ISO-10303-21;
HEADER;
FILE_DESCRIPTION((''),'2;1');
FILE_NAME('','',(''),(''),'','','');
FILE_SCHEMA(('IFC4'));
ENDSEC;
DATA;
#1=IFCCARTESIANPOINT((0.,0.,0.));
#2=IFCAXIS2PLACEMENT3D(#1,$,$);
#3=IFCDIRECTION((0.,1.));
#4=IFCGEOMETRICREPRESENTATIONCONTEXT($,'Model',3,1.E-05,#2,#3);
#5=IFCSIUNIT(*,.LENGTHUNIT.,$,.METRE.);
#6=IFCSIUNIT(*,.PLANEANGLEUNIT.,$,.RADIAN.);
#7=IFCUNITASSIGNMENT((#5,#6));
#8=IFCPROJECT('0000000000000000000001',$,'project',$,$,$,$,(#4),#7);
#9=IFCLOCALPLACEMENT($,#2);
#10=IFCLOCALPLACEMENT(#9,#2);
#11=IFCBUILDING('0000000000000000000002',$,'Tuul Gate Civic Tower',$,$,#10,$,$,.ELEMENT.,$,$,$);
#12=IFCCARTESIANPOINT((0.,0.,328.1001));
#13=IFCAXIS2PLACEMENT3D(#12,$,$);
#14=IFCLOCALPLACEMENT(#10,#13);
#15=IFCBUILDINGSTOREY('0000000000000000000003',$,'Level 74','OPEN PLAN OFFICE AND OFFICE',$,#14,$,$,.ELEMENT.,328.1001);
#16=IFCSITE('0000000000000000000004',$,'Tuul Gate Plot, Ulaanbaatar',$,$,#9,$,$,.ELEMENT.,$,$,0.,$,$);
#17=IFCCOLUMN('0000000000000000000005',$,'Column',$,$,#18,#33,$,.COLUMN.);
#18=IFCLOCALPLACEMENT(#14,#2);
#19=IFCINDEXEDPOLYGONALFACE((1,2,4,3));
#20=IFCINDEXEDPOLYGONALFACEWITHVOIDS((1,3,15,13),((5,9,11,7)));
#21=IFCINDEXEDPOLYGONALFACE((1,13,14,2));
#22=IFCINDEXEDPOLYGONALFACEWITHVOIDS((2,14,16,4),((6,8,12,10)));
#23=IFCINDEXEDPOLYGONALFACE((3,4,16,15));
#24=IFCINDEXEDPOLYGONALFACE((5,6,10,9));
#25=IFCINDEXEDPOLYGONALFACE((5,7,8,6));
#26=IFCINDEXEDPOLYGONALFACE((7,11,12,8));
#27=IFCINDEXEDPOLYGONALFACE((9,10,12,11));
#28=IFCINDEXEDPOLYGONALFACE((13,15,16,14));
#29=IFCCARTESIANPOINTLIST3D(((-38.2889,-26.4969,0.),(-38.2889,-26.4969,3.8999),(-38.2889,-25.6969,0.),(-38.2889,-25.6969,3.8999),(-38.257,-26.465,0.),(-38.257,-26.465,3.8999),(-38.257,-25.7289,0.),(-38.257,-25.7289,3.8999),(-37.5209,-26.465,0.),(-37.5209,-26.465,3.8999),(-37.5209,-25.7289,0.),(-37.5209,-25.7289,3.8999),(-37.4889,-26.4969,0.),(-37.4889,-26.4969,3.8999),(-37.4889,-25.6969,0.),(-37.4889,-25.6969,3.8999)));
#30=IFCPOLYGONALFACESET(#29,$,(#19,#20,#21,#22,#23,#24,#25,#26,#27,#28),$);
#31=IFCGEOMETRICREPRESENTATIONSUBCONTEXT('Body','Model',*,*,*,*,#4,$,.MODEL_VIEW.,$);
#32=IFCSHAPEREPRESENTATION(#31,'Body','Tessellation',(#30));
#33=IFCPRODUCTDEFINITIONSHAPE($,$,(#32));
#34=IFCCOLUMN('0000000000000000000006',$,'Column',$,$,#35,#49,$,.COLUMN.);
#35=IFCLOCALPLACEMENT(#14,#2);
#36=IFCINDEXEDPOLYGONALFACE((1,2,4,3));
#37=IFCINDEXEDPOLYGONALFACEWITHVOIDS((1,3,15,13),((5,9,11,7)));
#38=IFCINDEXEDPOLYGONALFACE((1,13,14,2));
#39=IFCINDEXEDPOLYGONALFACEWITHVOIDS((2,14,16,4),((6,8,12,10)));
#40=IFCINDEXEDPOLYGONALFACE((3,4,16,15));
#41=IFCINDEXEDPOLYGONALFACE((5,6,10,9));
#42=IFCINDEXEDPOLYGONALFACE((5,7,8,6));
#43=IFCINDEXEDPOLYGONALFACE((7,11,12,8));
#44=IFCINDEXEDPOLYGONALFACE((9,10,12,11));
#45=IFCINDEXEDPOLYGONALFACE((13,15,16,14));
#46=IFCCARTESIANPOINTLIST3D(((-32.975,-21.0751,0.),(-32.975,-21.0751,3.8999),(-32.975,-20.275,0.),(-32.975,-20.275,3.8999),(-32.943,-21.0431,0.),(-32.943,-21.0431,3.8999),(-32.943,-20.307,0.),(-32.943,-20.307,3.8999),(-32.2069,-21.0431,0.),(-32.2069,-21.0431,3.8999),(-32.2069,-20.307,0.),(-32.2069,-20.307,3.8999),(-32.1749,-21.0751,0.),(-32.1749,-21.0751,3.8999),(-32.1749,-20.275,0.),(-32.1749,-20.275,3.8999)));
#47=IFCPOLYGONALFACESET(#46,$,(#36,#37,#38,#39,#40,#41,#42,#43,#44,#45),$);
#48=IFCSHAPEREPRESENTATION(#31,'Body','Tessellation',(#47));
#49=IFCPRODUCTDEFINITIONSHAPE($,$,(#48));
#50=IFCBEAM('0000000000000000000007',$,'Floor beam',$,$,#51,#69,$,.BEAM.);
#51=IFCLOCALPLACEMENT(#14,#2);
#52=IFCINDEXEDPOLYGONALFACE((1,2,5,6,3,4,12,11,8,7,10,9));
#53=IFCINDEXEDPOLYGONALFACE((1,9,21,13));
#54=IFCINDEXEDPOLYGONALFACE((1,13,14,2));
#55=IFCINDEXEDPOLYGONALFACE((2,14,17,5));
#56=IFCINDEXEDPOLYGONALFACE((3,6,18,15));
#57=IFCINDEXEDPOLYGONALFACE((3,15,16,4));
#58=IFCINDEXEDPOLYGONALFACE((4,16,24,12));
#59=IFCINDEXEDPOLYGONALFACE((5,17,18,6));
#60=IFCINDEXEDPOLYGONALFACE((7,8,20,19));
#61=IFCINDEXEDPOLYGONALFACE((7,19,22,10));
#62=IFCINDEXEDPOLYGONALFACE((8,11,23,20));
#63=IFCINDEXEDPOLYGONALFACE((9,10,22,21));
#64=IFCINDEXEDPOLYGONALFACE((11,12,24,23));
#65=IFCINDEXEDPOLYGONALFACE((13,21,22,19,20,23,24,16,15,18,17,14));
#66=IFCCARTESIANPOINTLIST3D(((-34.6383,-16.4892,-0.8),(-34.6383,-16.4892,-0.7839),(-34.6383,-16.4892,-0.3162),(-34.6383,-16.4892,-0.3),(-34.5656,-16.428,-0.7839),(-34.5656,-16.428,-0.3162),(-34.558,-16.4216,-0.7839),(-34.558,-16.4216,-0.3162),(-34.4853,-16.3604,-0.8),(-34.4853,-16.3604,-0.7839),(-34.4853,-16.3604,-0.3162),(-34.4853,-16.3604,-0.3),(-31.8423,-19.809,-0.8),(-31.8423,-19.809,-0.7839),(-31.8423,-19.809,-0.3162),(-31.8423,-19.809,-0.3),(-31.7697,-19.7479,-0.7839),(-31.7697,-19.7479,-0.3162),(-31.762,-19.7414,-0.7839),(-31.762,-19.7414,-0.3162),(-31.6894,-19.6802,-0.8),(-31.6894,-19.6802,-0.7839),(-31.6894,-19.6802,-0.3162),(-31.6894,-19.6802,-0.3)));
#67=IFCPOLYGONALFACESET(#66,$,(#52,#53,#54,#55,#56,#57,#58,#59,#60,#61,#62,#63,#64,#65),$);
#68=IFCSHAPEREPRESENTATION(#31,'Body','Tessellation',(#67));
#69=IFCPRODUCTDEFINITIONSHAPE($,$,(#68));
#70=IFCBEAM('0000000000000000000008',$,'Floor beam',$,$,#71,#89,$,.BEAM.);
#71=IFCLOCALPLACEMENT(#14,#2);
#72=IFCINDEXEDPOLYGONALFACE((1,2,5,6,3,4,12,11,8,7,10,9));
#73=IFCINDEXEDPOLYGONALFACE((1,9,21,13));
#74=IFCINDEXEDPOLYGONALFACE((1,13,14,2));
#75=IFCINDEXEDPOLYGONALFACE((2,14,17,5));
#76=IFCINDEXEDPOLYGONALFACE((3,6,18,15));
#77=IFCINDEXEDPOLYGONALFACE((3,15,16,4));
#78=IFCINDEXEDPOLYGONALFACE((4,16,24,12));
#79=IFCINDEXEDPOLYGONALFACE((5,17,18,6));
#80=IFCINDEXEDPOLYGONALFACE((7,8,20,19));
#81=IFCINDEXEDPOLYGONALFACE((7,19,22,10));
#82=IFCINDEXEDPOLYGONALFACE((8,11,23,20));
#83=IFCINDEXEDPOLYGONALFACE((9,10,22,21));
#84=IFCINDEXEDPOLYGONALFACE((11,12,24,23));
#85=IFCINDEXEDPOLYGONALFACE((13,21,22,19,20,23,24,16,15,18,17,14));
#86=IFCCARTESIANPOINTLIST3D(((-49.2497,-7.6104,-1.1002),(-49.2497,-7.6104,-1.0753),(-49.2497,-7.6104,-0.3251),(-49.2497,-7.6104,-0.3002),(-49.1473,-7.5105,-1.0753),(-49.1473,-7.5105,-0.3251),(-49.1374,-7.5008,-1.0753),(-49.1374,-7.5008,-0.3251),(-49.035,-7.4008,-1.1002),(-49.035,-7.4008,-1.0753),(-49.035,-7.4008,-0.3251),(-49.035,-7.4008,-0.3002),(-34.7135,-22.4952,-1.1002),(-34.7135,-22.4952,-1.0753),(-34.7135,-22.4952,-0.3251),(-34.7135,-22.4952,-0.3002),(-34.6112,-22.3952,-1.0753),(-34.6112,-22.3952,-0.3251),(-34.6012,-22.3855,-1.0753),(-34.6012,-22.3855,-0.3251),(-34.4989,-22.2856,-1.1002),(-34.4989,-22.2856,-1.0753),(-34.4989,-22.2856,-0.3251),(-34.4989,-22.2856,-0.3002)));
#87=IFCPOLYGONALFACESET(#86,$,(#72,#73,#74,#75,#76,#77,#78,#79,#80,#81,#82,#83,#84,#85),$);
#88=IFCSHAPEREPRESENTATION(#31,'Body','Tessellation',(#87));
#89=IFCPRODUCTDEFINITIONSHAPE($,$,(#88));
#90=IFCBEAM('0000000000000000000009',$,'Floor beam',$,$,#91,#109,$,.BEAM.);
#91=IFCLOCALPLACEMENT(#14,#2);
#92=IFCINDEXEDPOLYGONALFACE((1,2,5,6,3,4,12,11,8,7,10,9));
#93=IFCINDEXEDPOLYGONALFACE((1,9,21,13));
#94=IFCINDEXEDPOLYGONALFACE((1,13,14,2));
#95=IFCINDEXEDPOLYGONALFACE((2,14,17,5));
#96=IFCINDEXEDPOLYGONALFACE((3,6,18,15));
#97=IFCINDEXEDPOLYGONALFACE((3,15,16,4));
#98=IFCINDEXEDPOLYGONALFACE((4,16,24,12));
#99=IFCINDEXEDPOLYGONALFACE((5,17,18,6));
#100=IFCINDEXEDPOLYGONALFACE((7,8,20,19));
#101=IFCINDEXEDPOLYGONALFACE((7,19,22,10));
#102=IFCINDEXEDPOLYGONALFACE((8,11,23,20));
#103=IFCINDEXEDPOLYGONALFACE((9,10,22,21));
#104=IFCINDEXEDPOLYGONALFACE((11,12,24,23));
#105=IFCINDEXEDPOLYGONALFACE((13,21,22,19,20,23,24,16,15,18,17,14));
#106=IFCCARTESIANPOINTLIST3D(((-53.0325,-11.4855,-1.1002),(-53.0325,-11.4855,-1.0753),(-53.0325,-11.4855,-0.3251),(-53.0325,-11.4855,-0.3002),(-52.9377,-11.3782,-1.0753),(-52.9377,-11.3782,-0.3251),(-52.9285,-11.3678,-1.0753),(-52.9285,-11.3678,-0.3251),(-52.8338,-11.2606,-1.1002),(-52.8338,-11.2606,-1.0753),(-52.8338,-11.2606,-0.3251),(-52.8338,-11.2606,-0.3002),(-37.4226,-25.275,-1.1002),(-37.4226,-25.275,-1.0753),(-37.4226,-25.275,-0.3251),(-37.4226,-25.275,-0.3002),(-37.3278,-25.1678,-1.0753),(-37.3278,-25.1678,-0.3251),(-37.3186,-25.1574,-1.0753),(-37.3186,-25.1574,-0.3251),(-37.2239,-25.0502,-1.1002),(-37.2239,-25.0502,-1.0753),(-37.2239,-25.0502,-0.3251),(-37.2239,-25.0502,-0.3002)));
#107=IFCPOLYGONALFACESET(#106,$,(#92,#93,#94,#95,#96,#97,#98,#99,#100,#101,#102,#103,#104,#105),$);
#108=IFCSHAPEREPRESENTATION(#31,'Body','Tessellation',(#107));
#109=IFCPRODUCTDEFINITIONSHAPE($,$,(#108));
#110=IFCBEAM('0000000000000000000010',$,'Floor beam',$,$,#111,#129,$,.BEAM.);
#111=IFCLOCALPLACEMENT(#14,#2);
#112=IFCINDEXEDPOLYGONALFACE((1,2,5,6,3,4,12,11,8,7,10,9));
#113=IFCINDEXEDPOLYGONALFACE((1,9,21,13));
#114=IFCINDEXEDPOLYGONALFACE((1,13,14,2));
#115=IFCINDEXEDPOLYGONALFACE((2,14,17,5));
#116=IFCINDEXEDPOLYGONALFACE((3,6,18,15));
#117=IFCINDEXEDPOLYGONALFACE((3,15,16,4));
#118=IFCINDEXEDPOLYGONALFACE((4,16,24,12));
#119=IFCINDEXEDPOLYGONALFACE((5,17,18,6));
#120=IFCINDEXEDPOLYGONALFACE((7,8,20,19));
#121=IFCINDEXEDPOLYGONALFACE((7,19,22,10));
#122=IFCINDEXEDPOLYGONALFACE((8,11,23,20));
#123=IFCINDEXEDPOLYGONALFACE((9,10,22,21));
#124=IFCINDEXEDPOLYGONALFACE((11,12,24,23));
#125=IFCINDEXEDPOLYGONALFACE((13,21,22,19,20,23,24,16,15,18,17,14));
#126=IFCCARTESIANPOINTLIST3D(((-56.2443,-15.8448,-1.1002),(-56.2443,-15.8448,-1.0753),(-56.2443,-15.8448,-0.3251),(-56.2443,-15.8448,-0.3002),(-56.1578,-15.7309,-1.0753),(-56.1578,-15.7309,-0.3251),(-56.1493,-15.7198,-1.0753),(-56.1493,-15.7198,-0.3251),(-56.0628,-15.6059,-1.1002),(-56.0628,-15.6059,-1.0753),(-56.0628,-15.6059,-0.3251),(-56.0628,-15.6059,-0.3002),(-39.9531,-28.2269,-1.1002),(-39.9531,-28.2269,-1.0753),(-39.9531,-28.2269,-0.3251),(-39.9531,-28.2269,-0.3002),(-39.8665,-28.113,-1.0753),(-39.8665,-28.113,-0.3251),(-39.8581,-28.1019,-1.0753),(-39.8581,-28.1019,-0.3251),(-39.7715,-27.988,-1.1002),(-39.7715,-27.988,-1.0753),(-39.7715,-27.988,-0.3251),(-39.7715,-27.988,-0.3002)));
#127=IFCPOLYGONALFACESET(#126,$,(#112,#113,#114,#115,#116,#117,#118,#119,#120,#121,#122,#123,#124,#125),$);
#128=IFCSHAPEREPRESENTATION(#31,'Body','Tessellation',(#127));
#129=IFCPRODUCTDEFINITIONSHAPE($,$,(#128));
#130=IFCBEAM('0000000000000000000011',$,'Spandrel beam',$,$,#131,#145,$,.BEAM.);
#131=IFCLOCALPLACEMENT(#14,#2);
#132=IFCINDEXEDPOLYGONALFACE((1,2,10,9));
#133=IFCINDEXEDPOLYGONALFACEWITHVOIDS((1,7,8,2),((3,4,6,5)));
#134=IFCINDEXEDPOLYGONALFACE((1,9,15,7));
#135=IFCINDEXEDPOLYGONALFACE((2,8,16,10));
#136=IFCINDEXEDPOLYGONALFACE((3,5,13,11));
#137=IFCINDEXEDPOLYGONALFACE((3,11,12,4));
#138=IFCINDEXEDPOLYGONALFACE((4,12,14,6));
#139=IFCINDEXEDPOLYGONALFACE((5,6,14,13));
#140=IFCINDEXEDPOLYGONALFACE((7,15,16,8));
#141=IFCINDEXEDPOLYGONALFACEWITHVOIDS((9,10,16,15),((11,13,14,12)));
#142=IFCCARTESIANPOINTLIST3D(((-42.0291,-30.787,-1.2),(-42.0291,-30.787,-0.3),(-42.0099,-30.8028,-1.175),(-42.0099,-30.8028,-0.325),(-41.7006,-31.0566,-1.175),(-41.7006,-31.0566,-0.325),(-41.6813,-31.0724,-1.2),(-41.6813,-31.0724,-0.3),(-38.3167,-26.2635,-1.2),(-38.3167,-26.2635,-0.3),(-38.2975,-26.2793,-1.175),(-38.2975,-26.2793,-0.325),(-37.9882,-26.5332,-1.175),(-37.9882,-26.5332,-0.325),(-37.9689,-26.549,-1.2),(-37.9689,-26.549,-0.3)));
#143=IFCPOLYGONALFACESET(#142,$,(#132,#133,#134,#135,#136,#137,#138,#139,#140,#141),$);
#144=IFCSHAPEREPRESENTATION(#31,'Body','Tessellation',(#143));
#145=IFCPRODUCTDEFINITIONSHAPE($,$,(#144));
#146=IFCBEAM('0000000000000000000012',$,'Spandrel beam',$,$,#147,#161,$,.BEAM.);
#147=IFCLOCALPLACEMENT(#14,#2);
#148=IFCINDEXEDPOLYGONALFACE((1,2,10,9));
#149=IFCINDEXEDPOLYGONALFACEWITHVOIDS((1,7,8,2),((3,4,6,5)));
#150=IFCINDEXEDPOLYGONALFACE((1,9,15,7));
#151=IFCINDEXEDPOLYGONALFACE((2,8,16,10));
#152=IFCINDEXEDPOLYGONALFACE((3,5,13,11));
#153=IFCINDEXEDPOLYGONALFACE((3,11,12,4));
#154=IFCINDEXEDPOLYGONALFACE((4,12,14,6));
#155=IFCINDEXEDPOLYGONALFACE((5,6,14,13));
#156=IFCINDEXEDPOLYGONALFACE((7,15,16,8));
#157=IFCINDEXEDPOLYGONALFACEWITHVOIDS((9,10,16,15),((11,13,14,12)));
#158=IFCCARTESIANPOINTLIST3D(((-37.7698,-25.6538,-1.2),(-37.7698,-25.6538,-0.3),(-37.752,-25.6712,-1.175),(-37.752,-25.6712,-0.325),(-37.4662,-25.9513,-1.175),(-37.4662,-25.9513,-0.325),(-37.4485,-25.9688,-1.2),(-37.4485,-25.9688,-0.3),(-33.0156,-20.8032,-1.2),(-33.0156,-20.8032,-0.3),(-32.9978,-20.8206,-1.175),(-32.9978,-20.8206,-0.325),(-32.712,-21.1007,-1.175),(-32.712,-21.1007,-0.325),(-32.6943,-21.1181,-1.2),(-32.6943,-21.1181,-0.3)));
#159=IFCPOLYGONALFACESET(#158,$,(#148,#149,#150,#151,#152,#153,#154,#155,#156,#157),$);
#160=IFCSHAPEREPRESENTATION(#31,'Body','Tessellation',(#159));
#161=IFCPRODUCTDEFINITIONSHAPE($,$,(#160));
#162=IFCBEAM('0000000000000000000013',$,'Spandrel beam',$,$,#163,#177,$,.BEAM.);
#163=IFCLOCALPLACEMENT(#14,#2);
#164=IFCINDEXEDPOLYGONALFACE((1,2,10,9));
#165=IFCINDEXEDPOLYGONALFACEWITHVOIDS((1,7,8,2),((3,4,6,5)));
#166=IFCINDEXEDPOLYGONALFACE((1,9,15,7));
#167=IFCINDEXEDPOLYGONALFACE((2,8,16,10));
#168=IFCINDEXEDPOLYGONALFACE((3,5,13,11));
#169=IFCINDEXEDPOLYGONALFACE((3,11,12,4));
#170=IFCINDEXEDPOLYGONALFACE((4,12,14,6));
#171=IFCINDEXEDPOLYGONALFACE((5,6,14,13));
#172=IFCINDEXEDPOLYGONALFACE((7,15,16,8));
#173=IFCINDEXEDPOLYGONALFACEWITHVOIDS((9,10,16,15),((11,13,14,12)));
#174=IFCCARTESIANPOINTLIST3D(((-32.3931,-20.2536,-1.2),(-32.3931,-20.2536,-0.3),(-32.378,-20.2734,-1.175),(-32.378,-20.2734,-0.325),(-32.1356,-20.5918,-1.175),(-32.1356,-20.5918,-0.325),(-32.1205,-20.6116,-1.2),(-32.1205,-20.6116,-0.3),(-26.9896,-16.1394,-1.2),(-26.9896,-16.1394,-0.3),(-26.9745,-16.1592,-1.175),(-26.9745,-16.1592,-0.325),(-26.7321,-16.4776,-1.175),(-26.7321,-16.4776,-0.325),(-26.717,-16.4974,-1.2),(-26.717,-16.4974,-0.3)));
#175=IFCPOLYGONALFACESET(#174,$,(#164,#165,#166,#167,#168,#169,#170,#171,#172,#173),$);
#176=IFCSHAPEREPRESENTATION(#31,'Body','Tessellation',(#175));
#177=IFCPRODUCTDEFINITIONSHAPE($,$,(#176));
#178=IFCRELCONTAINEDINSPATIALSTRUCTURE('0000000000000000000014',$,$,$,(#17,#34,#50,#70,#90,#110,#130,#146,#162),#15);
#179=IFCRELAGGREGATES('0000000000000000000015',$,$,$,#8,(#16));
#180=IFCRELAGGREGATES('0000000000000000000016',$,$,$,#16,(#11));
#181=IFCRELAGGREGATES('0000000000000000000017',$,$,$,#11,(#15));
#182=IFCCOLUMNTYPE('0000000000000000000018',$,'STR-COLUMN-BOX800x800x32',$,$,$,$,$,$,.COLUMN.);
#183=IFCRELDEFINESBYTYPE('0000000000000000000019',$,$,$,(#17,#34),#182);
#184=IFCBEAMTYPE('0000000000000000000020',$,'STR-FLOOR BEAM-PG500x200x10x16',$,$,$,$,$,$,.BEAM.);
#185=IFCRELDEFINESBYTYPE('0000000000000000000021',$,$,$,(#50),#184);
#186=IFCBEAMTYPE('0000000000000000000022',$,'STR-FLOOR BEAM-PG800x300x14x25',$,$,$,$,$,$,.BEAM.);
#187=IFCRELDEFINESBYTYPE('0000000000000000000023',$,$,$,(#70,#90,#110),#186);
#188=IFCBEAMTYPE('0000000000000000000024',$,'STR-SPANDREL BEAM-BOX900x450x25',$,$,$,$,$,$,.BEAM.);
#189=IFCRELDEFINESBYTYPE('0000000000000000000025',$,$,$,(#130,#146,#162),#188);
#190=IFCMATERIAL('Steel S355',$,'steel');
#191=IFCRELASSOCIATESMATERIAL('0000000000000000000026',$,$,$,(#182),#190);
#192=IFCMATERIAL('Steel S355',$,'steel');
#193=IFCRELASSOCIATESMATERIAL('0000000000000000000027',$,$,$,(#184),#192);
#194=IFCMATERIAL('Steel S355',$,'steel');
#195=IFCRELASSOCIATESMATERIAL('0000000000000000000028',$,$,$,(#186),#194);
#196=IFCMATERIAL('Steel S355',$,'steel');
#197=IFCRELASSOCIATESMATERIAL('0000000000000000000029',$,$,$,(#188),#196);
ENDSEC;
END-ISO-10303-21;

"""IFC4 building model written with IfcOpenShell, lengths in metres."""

from ifc_helpers import new_model, si_unit, direction, frame, origin, origin_2d, place, context, subcontext, project, spatial, hollow_rectangle, i_section, extrude, material, material_profile, profile_set, type_object, element, save


model = new_model("IFC4")

# Units and contexts
model_context = context("Model", 3, precision=1e-05, world=origin(), true_north=direction((0.0, 1.0)))
body_context = subcontext(model_context, "Body", "Model", "MODEL_VIEW")
ifc_project = project(units=[si_unit("LENGTHUNIT", "METRE"), si_unit("PLANEANGLEUNIT", "RADIAN")], contexts=[model_context])

# Site, building, storey
site_placement = place(None, origin())
site = spatial("IfcSite", under=ifc_project, at=site_placement, Name="Tuul Gate Plot, Ulaanbaatar", CompositionType="ELEMENT", RefElevation=0.0)
building_placement = place(site_placement, origin())
building = spatial("IfcBuilding", under=site, at=building_placement, Name="Tuul Gate Civic Tower", CompositionType="ELEMENT")
storey_placement = place(building_placement, frame((0.0, 0.0, 328.1001)))
storey = spatial("IfcBuildingStorey", under=building, at=storey_placement, Name="Level 74", Description="OPEN PLAN OFFICE AND OFFICE", CompositionType="ELEMENT", Elevation=328.1001)

# Columns
ifc_material_1 = material(Name="Steel S355", Category="steel")
ifc_material_profile_1 = material_profile(ifc_material_1, hollow_rectangle(XDim=0.8, YDim=0.8, WallThickness=0.032, at=origin_2d()), Name="BOX800x800x32")
ifc_profile_set_1 = profile_set([ifc_material_profile_1], Name="Steel S355")
column_type = type_object("IfcColumnType", Name="STR-COLUMN-BOX800x800x32", PredefinedType="COLUMN", material=ifc_profile_set_1)
for number, where, z_axis, x_axis, name in (
    (1, (-37.8889, -26.0969, 0.0), (0.0, 0.0, 1.0), (1.0, 0.0, 0.0), "Column"),
    (2, (-32.575, -20.675, 0.0), (0.0, 0.0, 1.0), (1.0, 0.0, 0.0), "Column"),
):
    element("IfcColumn", number, at=place(storey_placement, frame(where, z_axis=z_axis, x_axis=x_axis)), inside=storey, type_object=column_type, Name=name, PredefinedType="COLUMN", context=body_context, shape_type="SweptSolid", body=[
        extrude(hollow_rectangle(XDim=0.8, YDim=0.8, WallThickness=0.032, at=origin_2d()), origin(), (0.0, 0.0, 1.0), 3.8999),
    ])

# Beams
ifc_material_2 = material(Name="Steel S355", Category="steel")
ifc_material_profile_2 = material_profile(ifc_material_2, i_section(OverallWidth=0.2, OverallDepth=0.5, WebThickness=0.01, FlangeThickness=0.0161, at=origin_2d()), Name="PG500x200x10x16")
ifc_profile_set_2 = profile_set([ifc_material_profile_2], Name="Steel S355")
beam_type_1 = type_object("IfcBeamType", Name="STR-FLOOR BEAM-PG500x200x10x16", PredefinedType="BEAM", material=ifc_profile_set_2)
beam_1_placement = place(storey_placement, frame((-31.7659, -19.7446, -0.55), z_axis=(-0.64417, 0.764882, 0.0), x_axis=(-0.764882, -0.64417, 0.0)))
element("IfcBeam", 3, at=beam_1_placement, inside=storey, type_object=beam_type_1, Name="Floor beam", PredefinedType="BEAM", context=body_context, shape_type="SweptSolid", body=[
    extrude(i_section(OverallWidth=0.2, OverallDepth=0.5, WebThickness=0.01, FlangeThickness=0.0161, at=origin_2d()), origin(), (0.0, 0.0, 1.0), 4.3403),
])
ifc_material_3 = material(Name="Steel S355", Category="steel")
ifc_material_profile_3 = material_profile(ifc_material_3, i_section(OverallWidth=0.3, OverallDepth=0.8, WebThickness=0.0139, FlangeThickness=0.0249, at=origin_2d()), Name="PG800x300x14x25")
ifc_profile_set_3 = profile_set([ifc_material_profile_3], Name="Steel S355")
beam_type_2 = type_object("IfcBeamType", Name="STR-FLOOR BEAM-PG800x300x14x25", PredefinedType="BEAM", material=ifc_profile_set_3)
beam_2_placement = place(storey_placement, frame((-34.6062, -22.3904, -0.7002), z_axis=(-0.698679, 0.715436, 0.0), x_axis=(-0.715436, -0.698679, 0.0)))
element("IfcBeam", 4, at=beam_2_placement, inside=storey, type_object=beam_type_2, Name="Floor beam", PredefinedType="BEAM", context=body_context, shape_type="SweptSolid", body=[
    extrude(i_section(OverallWidth=0.3, OverallDepth=0.8, WebThickness=0.0139, FlangeThickness=0.0249, at=origin_2d()), origin(), (0.0, 0.0, 1.0), 20.8052),
])
beam_3_placement = place(storey_placement, frame((-37.3232, -25.1626, -0.7002), z_axis=(-0.749453, 0.662057, 0.0), x_axis=(-0.662057, -0.749453, 0.0)))
element("IfcBeam", 5, at=beam_3_placement, inside=storey, type_object=beam_type_2, Name="Floor beam", PredefinedType="BEAM", context=body_context, shape_type="SweptSolid", body=[
    extrude(i_section(OverallWidth=0.3, OverallDepth=0.8, WebThickness=0.0139, FlangeThickness=0.0249, at=origin_2d()), origin(), (0.0, 0.0, 1.0), 20.8284),
])
beam_4_placement = place(storey_placement, frame((-39.8623, -28.1074, -0.7002), z_axis=(-0.796145, 0.605106, 0.0), x_axis=(-0.605106, -0.796145, 0.0)))
element("IfcBeam", 6, at=beam_4_placement, inside=storey, type_object=beam_type_2, Name="Floor beam", PredefinedType="BEAM", context=body_context, shape_type="SweptSolid", body=[
    extrude(i_section(OverallWidth=0.3, OverallDepth=0.8, WebThickness=0.0139, FlangeThickness=0.0249, at=origin_2d()), origin(), (0.0, 0.0, 1.0), 20.4626),
])
ifc_material_4 = material(Name="Steel S355", Category="steel")
ifc_material_profile_4 = material_profile(ifc_material_4, hollow_rectangle(XDim=0.45, YDim=0.8999, WallThickness=0.0249, at=origin_2d()), Name="BOX900x450x25")
ifc_profile_set_4 = profile_set([ifc_material_profile_4], Name="Steel S355")
beam_type_3 = type_object("IfcBeamType", Name="STR-SPANDREL BEAM-BOX900x450x25", PredefinedType="BEAM", material=ifc_profile_set_4)
beam_5_placement = place(storey_placement, frame((-41.8552, -30.9297, -0.75), z_axis=(0.634405, 0.773001, 0.0), x_axis=(-0.773001, 0.634405, 0.0)))
element("IfcBeam", 7, at=beam_5_placement, inside=storey, type_object=beam_type_3, Name="Spandrel beam", PredefinedType="BEAM", context=body_context, shape_type="SweptSolid", body=[
    extrude(hollow_rectangle(XDim=0.45, YDim=0.8999, WallThickness=0.0249, at=origin_2d()), origin(), (0.0, 0.0, 1.0), 5.8518),
])
beam_6_placement = place(storey_placement, frame((-37.6091, -25.8113, -0.75), z_axis=(0.699972, 0.71417, 0.0), x_axis=(-0.71417, 0.699972, 0.0)))
element("IfcBeam", 8, at=beam_6_placement, inside=storey, type_object=beam_type_3, Name="Spandrel beam", PredefinedType="BEAM", context=body_context, shape_type="SweptSolid", body=[
    extrude(hollow_rectangle(XDim=0.45, YDim=0.8999, WallThickness=0.0249, at=origin_2d()), origin(), (0.0, 0.0, 1.0), 6.792),
])
beam_7_placement = place(storey_placement, frame((-32.2568, -20.4326, -0.75), z_axis=(0.795626, 0.605788, 0.0), x_axis=(-0.605788, 0.795626, 0.0)))
element("IfcBeam", 9, at=beam_7_placement, inside=storey, type_object=beam_type_3, Name="Spandrel beam", PredefinedType="BEAM", context=body_context, shape_type="SweptSolid", body=[
    extrude(hollow_rectangle(XDim=0.45, YDim=0.8999, WallThickness=0.0249, at=origin_2d()), origin(), (0.0, 0.0, 1.0), 6.7915),
])

save(model, "model.ifc")
